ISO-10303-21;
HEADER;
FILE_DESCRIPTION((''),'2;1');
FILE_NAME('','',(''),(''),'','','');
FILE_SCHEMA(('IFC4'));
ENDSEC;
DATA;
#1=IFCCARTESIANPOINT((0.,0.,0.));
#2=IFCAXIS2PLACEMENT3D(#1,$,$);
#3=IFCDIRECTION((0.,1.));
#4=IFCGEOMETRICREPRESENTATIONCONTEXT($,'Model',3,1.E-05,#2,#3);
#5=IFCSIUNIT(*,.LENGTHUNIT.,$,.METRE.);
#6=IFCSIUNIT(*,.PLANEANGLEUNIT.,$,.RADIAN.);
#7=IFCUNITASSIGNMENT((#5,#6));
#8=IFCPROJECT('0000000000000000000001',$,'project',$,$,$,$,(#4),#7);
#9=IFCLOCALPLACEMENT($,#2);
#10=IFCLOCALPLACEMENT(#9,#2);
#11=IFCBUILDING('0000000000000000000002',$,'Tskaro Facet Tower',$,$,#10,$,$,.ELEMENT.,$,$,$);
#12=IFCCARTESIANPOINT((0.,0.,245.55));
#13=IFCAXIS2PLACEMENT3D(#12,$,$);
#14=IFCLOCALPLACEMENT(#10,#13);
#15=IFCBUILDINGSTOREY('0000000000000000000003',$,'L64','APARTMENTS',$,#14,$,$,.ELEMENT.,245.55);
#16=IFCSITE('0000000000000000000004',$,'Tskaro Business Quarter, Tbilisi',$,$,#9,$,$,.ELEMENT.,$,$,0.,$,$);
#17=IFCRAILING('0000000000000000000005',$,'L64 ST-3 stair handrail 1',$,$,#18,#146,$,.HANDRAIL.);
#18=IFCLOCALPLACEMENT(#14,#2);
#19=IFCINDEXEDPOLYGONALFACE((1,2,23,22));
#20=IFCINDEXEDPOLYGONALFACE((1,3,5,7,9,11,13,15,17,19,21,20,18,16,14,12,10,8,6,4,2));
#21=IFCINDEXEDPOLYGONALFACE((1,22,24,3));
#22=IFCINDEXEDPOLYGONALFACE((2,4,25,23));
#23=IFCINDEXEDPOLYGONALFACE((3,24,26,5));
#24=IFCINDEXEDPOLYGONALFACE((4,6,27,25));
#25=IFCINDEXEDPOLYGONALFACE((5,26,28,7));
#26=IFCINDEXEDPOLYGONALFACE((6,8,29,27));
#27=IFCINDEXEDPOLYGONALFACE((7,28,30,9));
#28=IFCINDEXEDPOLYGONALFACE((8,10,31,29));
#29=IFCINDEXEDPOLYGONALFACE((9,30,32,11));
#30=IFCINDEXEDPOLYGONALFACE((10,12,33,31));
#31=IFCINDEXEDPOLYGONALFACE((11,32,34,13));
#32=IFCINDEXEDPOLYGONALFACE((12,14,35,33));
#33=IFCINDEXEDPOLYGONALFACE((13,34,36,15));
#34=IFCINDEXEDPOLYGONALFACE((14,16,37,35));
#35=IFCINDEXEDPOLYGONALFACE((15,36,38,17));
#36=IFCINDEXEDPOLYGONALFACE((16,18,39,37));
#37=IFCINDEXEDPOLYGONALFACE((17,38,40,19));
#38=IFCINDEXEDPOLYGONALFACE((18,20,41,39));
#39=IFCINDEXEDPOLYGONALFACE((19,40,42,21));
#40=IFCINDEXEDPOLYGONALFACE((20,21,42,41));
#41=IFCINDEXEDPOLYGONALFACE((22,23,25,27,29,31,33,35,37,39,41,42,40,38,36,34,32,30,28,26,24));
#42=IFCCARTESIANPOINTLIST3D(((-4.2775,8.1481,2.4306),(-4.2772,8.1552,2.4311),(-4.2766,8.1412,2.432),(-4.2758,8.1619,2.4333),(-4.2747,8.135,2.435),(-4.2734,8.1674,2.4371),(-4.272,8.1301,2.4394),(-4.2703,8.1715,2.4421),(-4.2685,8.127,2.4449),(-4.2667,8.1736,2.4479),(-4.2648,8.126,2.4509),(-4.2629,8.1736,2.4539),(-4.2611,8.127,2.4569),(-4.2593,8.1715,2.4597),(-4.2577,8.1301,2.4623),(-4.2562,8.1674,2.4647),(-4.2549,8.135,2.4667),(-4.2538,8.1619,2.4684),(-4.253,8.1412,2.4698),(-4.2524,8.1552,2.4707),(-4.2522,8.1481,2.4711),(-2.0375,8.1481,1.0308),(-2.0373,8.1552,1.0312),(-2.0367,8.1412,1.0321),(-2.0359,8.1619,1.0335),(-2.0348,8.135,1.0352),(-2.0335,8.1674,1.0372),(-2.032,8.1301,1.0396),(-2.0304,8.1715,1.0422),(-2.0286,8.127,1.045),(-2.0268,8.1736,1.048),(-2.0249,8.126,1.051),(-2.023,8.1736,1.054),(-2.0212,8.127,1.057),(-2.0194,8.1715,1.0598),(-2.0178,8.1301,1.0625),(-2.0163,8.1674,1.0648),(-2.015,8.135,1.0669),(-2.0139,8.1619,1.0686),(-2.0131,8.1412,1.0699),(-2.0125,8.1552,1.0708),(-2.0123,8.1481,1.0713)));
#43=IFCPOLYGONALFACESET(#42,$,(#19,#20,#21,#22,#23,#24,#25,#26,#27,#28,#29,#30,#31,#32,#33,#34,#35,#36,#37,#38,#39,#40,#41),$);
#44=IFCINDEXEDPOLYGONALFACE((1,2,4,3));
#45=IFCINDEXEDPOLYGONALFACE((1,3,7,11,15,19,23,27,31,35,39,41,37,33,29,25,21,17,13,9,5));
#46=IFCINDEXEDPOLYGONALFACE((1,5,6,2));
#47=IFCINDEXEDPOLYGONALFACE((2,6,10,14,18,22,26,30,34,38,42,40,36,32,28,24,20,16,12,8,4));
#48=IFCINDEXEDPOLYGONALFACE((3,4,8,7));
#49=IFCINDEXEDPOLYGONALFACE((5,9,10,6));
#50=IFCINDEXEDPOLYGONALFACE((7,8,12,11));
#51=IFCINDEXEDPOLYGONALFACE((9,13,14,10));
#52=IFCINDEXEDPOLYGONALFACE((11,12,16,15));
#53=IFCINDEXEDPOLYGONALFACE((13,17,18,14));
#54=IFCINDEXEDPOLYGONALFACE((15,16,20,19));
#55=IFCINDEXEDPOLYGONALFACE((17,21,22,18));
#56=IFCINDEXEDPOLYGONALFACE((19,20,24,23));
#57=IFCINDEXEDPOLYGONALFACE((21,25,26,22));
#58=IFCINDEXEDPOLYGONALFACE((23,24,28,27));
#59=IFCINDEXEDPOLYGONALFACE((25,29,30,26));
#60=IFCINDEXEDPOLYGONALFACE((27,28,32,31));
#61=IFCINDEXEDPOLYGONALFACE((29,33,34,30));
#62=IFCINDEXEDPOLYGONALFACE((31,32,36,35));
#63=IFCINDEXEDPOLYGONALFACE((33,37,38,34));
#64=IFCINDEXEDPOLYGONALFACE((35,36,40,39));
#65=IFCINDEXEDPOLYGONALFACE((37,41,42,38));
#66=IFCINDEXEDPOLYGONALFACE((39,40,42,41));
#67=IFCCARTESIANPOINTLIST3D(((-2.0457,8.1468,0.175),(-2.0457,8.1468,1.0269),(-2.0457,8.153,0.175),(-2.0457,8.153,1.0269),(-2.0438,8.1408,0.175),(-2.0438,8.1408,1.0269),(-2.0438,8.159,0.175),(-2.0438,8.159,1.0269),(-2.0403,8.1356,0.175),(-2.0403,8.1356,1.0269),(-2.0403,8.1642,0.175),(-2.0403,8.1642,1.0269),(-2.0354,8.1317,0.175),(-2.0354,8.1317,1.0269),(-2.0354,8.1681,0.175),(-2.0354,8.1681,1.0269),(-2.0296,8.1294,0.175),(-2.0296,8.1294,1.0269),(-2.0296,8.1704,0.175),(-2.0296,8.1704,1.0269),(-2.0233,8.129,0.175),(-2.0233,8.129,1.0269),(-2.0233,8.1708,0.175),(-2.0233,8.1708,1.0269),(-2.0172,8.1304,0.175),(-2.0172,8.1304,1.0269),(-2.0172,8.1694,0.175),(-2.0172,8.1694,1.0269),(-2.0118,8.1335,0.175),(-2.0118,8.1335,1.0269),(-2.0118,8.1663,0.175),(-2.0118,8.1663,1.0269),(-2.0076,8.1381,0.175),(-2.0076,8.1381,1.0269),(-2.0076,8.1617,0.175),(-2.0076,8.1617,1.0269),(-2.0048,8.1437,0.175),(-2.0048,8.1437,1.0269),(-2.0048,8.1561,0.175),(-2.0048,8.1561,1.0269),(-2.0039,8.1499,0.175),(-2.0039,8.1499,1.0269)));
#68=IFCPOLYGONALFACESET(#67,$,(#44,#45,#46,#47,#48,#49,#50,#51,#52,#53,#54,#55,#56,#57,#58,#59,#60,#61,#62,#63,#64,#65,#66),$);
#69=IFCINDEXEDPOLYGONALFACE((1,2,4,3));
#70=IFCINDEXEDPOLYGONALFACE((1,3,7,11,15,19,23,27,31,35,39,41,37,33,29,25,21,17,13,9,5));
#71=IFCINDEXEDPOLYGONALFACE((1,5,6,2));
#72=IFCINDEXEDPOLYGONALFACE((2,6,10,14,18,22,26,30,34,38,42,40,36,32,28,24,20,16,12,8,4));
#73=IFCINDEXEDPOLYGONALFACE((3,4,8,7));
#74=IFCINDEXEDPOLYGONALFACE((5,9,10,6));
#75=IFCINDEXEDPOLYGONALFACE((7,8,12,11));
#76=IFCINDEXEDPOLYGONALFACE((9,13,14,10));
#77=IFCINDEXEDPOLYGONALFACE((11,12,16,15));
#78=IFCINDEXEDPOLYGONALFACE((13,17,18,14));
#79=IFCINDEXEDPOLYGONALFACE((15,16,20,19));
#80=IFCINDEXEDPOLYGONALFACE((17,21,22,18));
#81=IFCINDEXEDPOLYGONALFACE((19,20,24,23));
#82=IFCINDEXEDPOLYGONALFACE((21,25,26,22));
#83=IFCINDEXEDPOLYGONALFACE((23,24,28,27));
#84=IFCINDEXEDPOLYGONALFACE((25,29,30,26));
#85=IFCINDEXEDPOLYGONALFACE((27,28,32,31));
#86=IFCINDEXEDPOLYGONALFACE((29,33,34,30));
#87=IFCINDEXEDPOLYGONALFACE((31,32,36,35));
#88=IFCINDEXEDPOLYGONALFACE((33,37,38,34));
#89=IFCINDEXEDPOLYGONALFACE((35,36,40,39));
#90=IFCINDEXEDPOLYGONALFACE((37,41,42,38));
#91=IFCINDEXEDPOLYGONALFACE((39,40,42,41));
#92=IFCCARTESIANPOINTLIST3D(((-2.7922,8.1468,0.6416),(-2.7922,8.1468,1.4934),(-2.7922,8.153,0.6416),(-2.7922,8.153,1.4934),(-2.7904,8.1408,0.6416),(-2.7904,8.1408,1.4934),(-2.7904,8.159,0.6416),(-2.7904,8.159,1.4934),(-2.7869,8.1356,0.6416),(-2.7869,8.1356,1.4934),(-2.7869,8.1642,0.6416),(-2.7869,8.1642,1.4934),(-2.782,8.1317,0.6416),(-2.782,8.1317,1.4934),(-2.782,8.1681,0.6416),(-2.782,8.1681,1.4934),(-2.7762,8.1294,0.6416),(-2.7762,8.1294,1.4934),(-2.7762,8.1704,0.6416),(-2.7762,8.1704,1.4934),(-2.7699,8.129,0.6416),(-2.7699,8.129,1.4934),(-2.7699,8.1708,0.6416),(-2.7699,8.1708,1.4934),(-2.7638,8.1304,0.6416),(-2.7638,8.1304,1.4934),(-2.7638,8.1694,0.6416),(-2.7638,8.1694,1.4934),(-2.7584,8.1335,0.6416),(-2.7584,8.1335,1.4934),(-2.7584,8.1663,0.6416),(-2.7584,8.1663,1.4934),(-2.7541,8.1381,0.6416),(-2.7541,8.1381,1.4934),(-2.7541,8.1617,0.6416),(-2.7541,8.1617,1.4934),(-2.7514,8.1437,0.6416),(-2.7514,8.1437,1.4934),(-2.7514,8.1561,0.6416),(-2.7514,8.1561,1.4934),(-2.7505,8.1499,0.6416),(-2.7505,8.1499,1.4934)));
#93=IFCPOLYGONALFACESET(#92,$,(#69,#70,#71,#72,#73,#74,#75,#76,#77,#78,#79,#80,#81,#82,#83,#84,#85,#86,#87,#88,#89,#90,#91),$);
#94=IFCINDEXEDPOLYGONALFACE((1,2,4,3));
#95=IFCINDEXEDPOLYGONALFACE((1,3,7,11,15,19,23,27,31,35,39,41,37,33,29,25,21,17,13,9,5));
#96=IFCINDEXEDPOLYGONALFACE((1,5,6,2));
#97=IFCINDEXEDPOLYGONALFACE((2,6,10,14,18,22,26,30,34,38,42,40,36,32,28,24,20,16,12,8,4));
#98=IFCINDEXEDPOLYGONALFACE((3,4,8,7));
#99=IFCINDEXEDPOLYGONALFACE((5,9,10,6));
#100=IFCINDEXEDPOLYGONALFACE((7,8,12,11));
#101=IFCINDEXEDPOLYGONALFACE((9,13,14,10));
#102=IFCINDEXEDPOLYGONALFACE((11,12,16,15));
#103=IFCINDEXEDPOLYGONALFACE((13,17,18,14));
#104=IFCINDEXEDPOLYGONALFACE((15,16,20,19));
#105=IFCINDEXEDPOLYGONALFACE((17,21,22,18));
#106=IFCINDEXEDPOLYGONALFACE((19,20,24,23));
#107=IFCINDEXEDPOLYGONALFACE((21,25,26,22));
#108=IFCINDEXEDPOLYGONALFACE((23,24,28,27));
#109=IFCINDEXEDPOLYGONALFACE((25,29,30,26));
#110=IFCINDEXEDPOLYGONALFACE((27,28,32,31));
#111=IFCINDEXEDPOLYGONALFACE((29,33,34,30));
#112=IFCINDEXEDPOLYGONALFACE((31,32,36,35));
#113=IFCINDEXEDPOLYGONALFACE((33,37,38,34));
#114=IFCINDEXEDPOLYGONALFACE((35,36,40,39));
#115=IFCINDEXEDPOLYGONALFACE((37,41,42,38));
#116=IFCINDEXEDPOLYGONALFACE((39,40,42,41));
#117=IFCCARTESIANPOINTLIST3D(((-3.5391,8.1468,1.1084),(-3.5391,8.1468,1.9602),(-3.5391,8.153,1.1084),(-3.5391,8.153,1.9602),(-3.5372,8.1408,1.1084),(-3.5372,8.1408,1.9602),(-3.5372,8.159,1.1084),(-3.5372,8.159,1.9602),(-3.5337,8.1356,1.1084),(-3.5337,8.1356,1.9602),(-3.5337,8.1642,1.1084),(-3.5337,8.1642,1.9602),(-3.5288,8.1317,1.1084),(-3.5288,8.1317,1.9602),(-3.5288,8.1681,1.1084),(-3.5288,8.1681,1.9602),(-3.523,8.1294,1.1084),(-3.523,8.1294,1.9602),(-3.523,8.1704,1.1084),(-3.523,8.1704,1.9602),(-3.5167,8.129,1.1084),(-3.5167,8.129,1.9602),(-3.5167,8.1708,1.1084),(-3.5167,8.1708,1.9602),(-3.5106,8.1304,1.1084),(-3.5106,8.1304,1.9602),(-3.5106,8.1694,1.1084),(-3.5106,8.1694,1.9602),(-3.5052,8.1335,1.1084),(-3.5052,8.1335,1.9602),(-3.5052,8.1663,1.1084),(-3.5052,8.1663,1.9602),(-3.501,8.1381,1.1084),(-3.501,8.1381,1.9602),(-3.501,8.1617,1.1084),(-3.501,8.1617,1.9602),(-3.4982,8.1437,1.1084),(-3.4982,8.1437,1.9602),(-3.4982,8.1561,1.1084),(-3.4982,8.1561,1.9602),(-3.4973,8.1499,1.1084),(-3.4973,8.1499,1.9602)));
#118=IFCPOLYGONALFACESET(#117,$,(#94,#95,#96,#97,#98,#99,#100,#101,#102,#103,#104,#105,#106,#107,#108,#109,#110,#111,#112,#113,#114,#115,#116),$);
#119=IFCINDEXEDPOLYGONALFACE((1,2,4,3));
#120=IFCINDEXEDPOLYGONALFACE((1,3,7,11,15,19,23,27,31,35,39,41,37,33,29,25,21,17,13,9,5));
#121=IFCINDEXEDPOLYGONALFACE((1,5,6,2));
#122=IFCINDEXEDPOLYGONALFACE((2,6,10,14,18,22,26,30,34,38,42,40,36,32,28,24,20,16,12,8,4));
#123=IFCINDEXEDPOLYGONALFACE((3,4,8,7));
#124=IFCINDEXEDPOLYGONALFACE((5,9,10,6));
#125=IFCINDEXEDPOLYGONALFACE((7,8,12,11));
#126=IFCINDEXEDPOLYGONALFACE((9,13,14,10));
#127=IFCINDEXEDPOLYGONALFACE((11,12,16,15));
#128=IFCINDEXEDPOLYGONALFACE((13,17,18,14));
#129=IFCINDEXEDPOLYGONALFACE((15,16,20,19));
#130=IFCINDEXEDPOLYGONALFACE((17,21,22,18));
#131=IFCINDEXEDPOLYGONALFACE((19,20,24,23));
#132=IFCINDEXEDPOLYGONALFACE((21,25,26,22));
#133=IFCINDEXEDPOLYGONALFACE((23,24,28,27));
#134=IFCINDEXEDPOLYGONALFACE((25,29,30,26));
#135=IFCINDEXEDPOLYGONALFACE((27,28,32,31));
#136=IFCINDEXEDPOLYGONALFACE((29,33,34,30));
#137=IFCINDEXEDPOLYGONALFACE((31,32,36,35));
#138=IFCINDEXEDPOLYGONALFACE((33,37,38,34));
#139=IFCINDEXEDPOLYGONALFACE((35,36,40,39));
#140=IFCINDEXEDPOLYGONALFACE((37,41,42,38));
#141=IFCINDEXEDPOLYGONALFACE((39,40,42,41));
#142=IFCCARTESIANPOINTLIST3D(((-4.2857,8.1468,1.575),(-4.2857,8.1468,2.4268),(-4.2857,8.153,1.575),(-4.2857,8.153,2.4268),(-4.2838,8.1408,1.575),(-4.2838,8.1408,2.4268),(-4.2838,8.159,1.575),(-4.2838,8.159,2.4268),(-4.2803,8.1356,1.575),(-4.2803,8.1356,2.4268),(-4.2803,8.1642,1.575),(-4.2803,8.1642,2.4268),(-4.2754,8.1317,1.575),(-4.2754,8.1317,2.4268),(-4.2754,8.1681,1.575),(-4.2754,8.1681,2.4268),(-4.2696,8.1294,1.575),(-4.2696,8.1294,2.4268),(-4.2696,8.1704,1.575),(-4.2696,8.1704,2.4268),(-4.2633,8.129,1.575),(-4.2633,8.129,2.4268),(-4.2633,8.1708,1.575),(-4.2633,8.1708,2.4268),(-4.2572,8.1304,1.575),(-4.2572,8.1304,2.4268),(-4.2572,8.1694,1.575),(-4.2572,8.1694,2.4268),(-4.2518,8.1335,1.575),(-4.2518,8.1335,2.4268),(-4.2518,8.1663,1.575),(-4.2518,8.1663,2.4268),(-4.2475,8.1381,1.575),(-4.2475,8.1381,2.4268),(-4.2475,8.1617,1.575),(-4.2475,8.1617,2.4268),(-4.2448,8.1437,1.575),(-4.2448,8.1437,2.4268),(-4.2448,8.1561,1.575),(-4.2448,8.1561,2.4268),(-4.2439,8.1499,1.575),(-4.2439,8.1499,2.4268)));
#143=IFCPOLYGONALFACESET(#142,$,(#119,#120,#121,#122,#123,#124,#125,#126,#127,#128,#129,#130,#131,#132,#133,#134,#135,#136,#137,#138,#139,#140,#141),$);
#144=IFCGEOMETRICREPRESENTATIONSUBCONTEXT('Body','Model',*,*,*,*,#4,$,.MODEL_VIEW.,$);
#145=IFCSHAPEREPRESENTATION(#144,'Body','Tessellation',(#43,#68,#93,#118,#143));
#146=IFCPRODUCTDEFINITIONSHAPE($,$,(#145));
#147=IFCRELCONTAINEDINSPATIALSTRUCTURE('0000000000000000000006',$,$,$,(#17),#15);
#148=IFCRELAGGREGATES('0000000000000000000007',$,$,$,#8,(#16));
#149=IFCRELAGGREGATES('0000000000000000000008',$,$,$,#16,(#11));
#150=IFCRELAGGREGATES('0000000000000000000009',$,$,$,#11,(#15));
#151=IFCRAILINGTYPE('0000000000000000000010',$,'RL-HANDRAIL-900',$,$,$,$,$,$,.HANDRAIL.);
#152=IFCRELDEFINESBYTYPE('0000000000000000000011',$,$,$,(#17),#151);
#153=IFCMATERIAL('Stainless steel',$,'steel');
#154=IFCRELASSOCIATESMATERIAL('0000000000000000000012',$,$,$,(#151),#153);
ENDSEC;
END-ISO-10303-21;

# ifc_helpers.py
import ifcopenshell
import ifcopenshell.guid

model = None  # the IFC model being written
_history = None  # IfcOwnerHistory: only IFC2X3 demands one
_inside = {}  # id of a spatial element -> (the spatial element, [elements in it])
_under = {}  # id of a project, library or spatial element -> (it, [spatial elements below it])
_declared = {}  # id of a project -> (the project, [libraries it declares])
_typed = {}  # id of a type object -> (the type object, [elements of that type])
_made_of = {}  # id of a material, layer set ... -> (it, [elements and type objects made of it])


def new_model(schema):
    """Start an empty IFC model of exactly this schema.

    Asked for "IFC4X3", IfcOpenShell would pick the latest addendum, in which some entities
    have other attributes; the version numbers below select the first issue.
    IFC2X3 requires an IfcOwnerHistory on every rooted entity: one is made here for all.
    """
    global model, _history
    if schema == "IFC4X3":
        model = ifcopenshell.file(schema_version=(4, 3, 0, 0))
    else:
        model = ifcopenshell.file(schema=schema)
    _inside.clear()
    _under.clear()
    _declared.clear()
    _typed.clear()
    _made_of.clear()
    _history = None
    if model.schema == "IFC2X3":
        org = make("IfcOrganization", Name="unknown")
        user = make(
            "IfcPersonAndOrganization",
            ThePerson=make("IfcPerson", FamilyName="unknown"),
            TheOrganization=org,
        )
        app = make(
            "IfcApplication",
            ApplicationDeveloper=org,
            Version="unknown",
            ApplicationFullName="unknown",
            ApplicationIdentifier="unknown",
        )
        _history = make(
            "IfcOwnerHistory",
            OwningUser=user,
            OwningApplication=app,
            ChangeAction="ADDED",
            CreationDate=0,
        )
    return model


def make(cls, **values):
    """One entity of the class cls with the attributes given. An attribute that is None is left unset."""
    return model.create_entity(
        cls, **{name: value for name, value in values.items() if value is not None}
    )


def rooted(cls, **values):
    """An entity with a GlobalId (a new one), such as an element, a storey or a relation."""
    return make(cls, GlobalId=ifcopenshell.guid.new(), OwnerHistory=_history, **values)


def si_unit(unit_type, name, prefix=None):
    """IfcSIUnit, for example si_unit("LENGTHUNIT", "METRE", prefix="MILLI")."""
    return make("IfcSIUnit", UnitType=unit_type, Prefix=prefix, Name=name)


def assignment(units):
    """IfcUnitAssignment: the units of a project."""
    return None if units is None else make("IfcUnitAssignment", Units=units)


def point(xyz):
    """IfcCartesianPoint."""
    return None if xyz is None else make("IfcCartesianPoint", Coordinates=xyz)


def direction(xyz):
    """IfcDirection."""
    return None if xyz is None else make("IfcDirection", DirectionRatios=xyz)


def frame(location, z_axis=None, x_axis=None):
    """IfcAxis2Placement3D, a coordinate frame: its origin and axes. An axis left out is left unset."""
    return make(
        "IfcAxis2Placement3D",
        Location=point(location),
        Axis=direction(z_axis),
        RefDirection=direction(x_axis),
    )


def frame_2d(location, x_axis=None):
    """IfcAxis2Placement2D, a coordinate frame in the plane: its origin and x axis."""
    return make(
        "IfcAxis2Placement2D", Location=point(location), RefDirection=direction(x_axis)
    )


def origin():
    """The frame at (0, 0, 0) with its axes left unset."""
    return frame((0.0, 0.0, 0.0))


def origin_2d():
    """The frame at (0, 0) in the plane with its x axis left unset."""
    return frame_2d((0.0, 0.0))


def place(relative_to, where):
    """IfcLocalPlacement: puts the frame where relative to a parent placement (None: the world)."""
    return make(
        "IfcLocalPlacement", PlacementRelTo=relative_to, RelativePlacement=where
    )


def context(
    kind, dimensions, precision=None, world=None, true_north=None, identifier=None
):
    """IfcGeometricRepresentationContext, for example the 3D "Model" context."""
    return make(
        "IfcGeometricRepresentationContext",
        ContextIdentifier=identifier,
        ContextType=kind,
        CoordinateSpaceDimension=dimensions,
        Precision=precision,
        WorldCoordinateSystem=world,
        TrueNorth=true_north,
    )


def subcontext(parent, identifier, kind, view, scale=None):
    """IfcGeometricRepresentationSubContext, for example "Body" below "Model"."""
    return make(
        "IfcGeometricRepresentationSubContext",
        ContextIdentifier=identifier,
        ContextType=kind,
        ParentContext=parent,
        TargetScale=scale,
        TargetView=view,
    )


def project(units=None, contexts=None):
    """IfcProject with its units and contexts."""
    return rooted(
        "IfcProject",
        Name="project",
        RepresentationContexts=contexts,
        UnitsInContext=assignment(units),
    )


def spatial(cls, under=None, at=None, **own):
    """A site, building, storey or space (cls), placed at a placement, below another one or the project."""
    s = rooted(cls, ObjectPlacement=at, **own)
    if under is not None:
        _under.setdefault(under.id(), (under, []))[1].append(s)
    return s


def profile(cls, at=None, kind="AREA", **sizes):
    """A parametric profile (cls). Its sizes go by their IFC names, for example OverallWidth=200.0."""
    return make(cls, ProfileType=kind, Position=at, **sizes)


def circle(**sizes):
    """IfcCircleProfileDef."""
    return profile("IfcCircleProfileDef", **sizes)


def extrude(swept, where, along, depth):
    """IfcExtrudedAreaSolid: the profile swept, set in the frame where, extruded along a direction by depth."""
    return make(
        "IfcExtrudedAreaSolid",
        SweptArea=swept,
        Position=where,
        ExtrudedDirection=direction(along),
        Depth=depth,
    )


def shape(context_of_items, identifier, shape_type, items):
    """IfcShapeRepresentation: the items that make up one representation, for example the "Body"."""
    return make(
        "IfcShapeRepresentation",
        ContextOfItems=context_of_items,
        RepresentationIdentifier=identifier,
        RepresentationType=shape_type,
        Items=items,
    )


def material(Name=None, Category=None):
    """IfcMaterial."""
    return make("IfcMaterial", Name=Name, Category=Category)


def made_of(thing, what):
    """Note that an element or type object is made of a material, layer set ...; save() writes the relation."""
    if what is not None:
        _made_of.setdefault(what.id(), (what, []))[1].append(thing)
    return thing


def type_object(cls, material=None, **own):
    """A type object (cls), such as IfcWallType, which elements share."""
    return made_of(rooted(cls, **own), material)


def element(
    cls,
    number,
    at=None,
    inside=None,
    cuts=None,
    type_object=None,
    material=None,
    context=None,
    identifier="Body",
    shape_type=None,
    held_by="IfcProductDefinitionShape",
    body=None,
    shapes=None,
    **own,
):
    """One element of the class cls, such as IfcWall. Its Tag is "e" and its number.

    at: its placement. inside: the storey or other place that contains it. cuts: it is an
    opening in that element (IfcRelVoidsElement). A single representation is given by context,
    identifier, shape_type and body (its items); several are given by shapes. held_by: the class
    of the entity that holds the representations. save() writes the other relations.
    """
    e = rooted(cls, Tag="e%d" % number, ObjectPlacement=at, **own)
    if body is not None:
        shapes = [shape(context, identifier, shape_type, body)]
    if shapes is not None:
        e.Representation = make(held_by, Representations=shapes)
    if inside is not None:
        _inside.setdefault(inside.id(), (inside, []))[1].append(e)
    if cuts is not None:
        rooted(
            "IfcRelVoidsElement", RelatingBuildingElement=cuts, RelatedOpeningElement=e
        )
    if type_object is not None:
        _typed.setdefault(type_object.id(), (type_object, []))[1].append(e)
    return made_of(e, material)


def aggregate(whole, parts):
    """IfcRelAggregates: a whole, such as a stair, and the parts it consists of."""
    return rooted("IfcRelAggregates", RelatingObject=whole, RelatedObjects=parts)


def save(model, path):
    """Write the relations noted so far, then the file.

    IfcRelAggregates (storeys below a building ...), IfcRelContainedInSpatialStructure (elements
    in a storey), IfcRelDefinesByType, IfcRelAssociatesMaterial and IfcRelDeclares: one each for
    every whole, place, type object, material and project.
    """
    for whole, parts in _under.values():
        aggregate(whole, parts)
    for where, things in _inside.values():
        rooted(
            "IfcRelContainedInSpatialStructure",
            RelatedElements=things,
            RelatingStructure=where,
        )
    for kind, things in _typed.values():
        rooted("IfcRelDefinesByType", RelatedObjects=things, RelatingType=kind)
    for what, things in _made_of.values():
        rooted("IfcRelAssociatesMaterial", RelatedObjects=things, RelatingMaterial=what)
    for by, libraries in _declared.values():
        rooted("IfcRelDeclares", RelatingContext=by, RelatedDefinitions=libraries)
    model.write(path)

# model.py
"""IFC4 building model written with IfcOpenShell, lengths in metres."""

from ifc_helpers import new_model, si_unit, direction, frame, origin, origin_2d, place, context, subcontext, project, spatial, circle, extrude, material, type_object, element, save


model = new_model("IFC4")

# Units and contexts
model_context = context("Model", 3, precision=1e-05, world=origin(), true_north=direction((0.0, 1.0)))
body_context = subcontext(model_context, "Body", "Model", "MODEL_VIEW")
ifc_project = project(units=[si_unit("LENGTHUNIT", "METRE"), si_unit("PLANEANGLEUNIT", "RADIAN")], contexts=[model_context])

# Site, building, storey
site_placement = place(None, origin())
site = spatial("IfcSite", under=ifc_project, at=site_placement, Name="Tskaro Business Quarter, Tbilisi", CompositionType="ELEMENT", RefElevation=0.0)
building_placement = place(site_placement, origin())
building = spatial("IfcBuilding", under=site, at=building_placement, Name="Tskaro Facet Tower", CompositionType="ELEMENT")
storey_placement = place(building_placement, frame((0.0, 0.0, 245.55)))
storey = spatial("IfcBuildingStorey", under=building, at=storey_placement, Name="L64", Description="APARTMENTS", CompositionType="ELEMENT", Elevation=245.55)

# Railing
ifc_material_1 = material(Name="Stainless steel", Category="steel")
railing_type_1 = type_object("IfcRailingType", Name="RL-HANDRAIL-900", PredefinedType="HANDRAIL", material=ifc_material_1)
railing_1_placement = place(storey_placement, frame((-2.0249, 8.1499, 0.175)))
element("IfcRailing", 1, at=railing_1_placement, inside=storey, type_object=railing_type_1, Name="L64 ST-3 stair handrail 1", PredefinedType="HANDRAIL", context=body_context, shape_type="SweptSolid", body=[
    extrude(circle(Radius=0.0239, at=origin_2d()), frame((0.0, 0.0, 0.876), z_axis=(-0.848014, 0.0, 0.529974), x_axis=(0.0, -1.0, 0.0)), (0.0, 0.0, 1.0), 2.6414),
    extrude(circle(Radius=0.021, at=origin_2d()), origin(), (0.0, 0.0, 1.0), 0.8518),
    extrude(circle(Radius=0.021, at=origin_2d()), frame((-0.7466, 0.0, 0.4666)), (0.0, 0.0, 1.0), 0.8518),
    extrude(circle(Radius=0.021, at=origin_2d()), frame((-1.4934, 0.0, 0.9333)), (0.0, 0.0, 1.0), 0.8518),
    extrude(circle(Radius=0.021, at=origin_2d()), frame((-2.24, 0.0, 1.3999)), (0.0, 0.0, 1.0), 0.8518),
])

save(model, "model.ifc")
